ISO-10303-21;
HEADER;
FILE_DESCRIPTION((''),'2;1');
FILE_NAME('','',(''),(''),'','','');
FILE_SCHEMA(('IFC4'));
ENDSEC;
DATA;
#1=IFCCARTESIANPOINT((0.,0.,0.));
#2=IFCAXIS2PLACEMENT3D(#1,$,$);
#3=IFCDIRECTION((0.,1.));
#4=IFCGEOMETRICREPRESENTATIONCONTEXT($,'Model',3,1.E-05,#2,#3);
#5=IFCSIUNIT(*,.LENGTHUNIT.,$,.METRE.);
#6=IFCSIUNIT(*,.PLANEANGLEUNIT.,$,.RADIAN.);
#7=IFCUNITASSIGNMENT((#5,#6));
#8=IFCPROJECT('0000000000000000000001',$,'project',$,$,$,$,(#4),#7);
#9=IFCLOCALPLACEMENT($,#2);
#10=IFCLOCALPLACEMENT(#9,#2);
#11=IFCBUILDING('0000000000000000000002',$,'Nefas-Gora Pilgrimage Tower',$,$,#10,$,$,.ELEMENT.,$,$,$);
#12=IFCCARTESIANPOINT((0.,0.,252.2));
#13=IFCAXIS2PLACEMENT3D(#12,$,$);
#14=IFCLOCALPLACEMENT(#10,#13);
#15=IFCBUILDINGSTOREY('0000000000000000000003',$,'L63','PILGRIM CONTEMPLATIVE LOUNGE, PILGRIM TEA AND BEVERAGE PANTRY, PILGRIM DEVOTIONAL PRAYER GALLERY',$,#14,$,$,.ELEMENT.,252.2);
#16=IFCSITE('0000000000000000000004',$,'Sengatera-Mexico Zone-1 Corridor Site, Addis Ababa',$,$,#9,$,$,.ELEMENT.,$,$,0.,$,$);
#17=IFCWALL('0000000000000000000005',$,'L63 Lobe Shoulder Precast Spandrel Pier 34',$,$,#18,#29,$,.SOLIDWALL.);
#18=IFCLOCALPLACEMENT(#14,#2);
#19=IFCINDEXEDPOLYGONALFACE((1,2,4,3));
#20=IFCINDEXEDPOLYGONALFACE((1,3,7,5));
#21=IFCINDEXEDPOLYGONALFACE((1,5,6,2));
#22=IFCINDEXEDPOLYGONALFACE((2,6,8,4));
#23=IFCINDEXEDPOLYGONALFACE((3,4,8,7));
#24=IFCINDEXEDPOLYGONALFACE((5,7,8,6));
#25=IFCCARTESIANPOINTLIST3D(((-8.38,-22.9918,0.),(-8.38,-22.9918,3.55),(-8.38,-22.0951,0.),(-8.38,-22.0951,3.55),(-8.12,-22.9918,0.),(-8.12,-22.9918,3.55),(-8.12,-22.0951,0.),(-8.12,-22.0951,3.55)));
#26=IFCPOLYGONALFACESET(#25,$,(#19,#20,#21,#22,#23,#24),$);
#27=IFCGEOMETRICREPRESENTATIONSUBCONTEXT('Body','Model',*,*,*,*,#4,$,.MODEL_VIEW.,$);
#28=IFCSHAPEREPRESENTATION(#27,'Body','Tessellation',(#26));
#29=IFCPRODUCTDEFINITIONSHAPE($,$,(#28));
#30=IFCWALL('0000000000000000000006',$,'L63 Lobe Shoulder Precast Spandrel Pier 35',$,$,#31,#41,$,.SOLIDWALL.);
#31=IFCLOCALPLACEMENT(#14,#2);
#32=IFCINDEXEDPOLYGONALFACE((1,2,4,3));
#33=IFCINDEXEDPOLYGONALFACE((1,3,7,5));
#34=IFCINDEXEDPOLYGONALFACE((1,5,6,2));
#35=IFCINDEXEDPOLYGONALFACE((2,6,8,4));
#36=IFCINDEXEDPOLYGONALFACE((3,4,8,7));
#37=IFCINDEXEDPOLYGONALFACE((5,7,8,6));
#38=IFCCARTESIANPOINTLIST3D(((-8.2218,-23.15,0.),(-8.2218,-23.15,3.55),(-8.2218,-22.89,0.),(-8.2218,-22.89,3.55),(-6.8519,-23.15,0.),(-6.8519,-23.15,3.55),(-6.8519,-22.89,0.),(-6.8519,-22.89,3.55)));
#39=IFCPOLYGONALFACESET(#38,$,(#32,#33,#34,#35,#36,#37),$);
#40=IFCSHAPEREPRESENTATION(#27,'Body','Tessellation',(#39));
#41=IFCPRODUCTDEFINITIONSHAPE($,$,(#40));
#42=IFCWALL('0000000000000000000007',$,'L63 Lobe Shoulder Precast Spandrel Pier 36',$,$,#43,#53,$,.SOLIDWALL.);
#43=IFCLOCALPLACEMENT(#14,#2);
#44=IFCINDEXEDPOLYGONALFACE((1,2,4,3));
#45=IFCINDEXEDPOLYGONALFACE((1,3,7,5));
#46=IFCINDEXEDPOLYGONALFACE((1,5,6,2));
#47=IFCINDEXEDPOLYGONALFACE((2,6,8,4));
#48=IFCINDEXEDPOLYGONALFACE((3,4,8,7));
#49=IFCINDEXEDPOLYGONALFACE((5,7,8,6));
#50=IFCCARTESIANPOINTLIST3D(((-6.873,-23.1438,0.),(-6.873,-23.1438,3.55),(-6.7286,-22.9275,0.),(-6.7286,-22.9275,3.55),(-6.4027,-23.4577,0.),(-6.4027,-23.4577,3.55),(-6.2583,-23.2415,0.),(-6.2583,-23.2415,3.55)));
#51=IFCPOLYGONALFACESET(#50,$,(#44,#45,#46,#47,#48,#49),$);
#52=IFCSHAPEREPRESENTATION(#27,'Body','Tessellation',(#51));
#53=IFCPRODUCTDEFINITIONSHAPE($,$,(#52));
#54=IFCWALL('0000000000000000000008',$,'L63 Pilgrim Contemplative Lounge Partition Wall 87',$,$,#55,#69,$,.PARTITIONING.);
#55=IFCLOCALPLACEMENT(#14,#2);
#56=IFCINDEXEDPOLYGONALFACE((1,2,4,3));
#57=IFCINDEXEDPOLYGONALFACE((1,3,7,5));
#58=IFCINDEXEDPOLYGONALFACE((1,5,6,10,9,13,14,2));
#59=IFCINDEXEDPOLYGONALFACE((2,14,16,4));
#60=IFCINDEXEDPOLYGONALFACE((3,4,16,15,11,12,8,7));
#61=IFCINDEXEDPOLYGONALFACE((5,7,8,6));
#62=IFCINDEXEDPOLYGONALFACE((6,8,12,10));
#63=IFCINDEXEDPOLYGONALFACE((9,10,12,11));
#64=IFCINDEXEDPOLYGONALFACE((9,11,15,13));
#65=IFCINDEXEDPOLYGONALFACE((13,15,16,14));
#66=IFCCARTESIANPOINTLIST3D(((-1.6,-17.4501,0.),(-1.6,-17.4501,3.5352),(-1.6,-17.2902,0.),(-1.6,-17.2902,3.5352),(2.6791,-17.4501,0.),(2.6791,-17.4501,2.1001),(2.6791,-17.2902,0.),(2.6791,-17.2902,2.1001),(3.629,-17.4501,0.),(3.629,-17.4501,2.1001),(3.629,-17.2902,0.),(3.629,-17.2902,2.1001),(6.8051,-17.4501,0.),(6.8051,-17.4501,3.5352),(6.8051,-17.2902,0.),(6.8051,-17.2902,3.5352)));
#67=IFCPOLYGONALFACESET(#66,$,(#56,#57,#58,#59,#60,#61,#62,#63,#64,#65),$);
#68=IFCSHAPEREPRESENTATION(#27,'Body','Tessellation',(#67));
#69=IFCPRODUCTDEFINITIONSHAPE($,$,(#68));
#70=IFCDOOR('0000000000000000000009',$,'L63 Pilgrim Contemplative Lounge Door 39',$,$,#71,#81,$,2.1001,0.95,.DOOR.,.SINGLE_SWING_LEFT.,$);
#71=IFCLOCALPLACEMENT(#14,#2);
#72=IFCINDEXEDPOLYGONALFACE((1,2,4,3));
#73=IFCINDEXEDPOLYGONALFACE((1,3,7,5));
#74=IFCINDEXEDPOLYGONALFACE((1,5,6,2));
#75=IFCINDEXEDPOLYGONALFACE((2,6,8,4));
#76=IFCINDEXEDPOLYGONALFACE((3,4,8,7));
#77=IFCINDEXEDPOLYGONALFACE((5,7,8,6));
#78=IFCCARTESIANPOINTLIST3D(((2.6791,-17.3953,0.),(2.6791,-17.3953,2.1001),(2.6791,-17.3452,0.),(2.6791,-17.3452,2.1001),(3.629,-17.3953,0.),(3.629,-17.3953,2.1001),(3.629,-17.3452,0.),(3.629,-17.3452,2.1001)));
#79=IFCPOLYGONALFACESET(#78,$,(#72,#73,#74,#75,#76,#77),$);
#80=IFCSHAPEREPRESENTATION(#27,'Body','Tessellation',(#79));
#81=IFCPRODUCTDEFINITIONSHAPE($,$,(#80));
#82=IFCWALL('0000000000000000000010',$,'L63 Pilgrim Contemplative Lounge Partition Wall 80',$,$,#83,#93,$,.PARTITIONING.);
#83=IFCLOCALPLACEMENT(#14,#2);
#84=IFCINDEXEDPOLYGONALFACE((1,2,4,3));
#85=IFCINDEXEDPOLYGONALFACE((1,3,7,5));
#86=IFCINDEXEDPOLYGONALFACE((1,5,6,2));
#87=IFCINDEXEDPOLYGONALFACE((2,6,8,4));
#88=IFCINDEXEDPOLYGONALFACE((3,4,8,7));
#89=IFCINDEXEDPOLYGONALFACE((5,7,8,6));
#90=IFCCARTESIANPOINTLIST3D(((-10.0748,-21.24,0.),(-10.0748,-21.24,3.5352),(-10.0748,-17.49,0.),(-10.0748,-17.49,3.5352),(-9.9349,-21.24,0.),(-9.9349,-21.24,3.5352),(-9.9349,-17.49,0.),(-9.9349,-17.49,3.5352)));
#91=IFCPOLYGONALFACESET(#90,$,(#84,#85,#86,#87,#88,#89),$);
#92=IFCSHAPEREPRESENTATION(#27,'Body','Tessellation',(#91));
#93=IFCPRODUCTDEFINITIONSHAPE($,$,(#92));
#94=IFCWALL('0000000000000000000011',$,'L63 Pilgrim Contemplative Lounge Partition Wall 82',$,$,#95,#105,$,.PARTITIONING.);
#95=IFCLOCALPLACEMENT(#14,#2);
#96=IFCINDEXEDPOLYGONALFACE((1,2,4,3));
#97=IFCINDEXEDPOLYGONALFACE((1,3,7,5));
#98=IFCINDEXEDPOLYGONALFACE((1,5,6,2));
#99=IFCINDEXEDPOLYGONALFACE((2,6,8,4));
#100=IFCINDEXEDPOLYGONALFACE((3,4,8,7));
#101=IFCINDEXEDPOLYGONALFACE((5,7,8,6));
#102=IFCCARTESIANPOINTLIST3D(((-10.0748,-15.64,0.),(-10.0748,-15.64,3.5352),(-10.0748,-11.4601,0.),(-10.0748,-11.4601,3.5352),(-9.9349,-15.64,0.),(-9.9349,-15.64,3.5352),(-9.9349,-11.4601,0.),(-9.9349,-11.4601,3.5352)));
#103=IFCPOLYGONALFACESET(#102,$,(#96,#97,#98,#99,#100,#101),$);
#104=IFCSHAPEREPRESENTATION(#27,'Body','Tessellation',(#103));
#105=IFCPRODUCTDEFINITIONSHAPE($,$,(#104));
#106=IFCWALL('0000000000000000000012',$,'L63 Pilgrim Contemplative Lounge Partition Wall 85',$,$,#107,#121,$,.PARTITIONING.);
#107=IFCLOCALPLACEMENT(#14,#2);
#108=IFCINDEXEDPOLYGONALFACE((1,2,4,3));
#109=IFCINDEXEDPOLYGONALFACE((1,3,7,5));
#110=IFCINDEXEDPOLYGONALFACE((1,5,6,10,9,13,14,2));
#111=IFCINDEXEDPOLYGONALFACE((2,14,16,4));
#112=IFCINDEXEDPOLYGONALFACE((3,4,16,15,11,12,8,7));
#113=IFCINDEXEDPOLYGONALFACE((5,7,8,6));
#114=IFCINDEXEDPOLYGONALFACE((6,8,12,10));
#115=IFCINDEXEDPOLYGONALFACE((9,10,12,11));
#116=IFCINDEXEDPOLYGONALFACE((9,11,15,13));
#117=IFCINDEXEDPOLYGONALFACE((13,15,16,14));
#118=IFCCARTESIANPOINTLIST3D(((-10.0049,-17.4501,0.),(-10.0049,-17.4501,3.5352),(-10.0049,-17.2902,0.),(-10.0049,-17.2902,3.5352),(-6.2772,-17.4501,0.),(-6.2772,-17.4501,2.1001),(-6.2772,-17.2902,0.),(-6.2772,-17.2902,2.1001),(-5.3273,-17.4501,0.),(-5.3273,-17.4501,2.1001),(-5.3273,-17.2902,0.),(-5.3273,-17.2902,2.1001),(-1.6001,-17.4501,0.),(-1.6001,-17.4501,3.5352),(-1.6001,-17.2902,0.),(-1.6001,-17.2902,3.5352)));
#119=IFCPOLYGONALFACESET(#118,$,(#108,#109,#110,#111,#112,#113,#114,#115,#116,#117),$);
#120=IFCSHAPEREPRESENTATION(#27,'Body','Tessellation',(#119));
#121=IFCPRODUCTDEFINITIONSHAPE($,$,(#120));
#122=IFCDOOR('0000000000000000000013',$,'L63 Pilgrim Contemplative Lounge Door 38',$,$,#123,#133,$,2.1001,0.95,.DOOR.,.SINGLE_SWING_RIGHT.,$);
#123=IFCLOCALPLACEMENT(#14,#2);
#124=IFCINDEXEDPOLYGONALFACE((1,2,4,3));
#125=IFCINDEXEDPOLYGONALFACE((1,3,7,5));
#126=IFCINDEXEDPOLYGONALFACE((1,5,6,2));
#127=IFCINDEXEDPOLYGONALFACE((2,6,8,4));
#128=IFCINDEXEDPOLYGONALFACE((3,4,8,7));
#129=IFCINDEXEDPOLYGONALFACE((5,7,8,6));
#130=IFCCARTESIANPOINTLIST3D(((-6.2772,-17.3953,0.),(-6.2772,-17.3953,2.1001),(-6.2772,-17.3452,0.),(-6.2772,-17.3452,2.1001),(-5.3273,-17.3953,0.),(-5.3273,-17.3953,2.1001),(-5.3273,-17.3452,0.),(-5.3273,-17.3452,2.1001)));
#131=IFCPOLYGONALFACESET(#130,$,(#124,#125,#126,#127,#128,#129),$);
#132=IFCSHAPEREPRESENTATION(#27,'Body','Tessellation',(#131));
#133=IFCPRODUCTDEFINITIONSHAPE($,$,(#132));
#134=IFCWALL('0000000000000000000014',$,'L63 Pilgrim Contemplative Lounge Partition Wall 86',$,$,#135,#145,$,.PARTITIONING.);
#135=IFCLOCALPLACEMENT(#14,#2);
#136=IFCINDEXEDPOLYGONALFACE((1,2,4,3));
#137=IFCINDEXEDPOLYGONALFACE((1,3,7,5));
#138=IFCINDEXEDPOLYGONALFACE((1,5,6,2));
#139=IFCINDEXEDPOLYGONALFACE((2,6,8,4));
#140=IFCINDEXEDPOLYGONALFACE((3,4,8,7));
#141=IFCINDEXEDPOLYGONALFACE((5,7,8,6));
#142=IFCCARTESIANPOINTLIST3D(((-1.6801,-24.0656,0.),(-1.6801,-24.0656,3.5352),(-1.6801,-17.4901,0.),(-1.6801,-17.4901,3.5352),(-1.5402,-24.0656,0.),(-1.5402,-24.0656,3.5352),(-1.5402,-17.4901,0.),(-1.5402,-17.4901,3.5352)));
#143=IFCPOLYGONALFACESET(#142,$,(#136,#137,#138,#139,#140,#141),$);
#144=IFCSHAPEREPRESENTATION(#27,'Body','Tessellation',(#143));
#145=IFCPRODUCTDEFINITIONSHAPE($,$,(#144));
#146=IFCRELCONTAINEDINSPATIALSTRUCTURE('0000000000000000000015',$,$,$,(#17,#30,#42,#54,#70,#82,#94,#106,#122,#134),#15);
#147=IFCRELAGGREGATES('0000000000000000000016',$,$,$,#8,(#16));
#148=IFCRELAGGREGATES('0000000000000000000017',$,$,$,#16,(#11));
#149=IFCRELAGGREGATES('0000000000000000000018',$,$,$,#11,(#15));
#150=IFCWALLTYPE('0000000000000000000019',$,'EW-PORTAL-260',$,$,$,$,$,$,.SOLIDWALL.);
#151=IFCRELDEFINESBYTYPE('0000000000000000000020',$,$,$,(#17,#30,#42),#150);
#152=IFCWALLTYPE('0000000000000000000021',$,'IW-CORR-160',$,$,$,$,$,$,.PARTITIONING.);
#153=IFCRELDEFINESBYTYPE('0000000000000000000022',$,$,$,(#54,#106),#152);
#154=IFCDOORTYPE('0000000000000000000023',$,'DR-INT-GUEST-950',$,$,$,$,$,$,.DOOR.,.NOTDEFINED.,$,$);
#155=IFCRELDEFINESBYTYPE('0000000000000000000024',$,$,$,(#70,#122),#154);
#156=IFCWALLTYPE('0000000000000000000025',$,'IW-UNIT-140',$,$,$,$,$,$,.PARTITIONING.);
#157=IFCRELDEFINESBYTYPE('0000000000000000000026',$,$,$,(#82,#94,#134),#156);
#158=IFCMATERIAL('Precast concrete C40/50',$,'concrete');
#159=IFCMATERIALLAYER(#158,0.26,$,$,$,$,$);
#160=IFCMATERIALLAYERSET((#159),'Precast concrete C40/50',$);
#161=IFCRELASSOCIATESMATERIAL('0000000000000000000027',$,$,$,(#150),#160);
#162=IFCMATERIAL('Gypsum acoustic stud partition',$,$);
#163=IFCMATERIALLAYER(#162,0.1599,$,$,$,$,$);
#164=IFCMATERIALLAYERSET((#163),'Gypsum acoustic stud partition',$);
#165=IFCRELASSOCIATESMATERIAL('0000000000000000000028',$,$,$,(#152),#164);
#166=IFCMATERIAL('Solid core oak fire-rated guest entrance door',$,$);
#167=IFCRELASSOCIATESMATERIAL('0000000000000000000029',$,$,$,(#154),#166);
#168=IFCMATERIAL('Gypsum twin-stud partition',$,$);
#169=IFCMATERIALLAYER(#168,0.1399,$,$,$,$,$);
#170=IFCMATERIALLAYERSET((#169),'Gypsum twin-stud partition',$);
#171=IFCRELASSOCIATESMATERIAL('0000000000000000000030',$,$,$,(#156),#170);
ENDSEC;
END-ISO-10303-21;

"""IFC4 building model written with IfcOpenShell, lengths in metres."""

from ifc_helpers import new_model, si_unit, direction, frame, frame_2d, origin, place, context, subcontext, project, spatial, rectangle, extrude, source, transform, mapped, material, layer, layer_set, type_object, element, fill, save


model = new_model("IFC4")

# Units and contexts
model_context = context("Model", 3, precision=1e-05, world=origin(), true_north=direction((0.0, 1.0)))
body_context = subcontext(model_context, "Body", "Model", "MODEL_VIEW")
ifc_project = project(units=[si_unit("LENGTHUNIT", "METRE"), si_unit("PLANEANGLEUNIT", "RADIAN")], contexts=[model_context])

# Site, building, storey
site_placement = place(None, origin())
site = spatial("IfcSite", under=ifc_project, at=site_placement, Name="Sengatera-Mexico Zone-1 Corridor Site, Addis Ababa", CompositionType="ELEMENT", RefElevation=0.0)
building_placement = place(site_placement, origin())
building = spatial("IfcBuilding", under=site, at=building_placement, Name="Nefas-Gora Pilgrimage Tower", CompositionType="ELEMENT")
storey_placement = place(building_placement, frame((0.0, 0.0, 252.2)))
storey = spatial("IfcBuildingStorey", under=building, at=storey_placement, Name="L63", Description="PILGRIM CONTEMPLATIVE LOUNGE, PILGRIM TEA AND BEVERAGE PANTRY, PILGRIM DEVOTIONAL PRAYER GALLERY", CompositionType="ELEMENT", Elevation=252.2)

# Walls
ifc_material_1 = material(Name="Precast concrete C40/50", Category="concrete")
ifc_layer_1 = layer(ifc_material_1, 0.26)
ifc_layer_set_1 = layer_set([ifc_layer_1], Name="Precast concrete C40/50")
wall_type_1 = type_object("IfcWallType", Name="EW-PORTAL-260", PredefinedType="SOLIDWALL", material=ifc_layer_set_1)
shared_shape_1 = source(origin(), body_context, "Body", "SweptSolid", [
    extrude(rectangle(XDim=0.8967, YDim=0.26, at=frame_2d((0.4482, 0.0))), origin(), (0.0, 0.0, 1.0), 3.55),
])
wall_1_placement = place(storey_placement, frame((-8.25, -22.0952, 0.0), z_axis=(0.0, 0.0, 1.0), x_axis=(0.0, -1.0, 0.0)))
element("IfcWall", 1, at=wall_1_placement, inside=storey, type_object=wall_type_1, Name="L63 Lobe Shoulder Precast Spandrel Pier 34", PredefinedType="SOLIDWALL", context=body_context, shape_type="MappedRepresentation", body=[
    mapped(shared_shape_1, transform((0.0, 0.0, 0.0), x_axis=(1.0, 0.0, 0.0), y_axis=(0.0, 1.0, 0.0), z_axis=(0.0, 0.0, 1.0), scale=1.0)),
])
shared_shape_2 = source(origin(), body_context, "Body", "SweptSolid", [
    extrude(rectangle(XDim=1.3699, YDim=0.26, at=frame_2d((0.6851, 0.0))), origin(), (0.0, 0.0, 1.0), 3.55),
])
wall_2_placement = place(storey_placement, frame((-8.2219, -23.02, 0.0), z_axis=(0.0, 0.0, 1.0), x_axis=(1.0, 0.0, 0.0)))
element("IfcWall", 2, at=wall_2_placement, inside=storey, type_object=wall_type_1, Name="L63 Lobe Shoulder Precast Spandrel Pier 35", PredefinedType="SOLIDWALL", context=body_context, shape_type="MappedRepresentation", body=[
    mapped(shared_shape_2, transform((0.0, 0.0, 0.0), x_axis=(1.0, 0.0, 0.0), y_axis=(0.0, 1.0, 0.0), z_axis=(0.0, 0.0, 1.0), scale=1.0)),
])
shared_shape_3 = source(origin(), body_context, "Body", "SweptSolid", [
    extrude(rectangle(XDim=0.5654, YDim=0.26, at=frame_2d((0.2827, 0.0))), origin(), (0.0, 0.0, 1.0), 3.55),
])
wall_3_placement = place(storey_placement, frame((-6.8008, -23.0356, 0.0), z_axis=(0.0, 0.0, 1.0), x_axis=(0.831651, -0.555298, 0.0)))
element("IfcWall", 3, at=wall_3_placement, inside=storey, type_object=wall_type_1, Name="L63 Lobe Shoulder Precast Spandrel Pier 36", PredefinedType="SOLIDWALL", context=body_context, shape_type="MappedRepresentation", body=[
    mapped(shared_shape_3, transform((0.0, 0.0, 0.0), x_axis=(1.0, 0.0, 0.0), y_axis=(0.0, 1.0, 0.0), z_axis=(0.0, 0.0, 1.0), scale=1.0)),
])

# Wall, opening, door
ifc_material_2 = material(Name="Gypsum acoustic stud partition")
ifc_layer_2 = layer(ifc_material_2, 0.1599)
ifc_layer_set_2 = layer_set([ifc_layer_2], Name="Gypsum acoustic stud partition")
wall_type_2 = type_object("IfcWallType", Name="IW-CORR-160", PredefinedType="PARTITIONING", material=ifc_layer_set_2)
shared_shape_4 = source(origin(), body_context, "Body", "SweptSolid", [
    extrude(rectangle(XDim=8.405, YDim=0.1599, at=frame_2d((4.2026, 0.0))), origin(), (0.0, 0.0, 1.0), 3.5352),
])
wall_4_placement = place(storey_placement, frame((-1.6001, -17.3701, 0.0), z_axis=(0.0, 0.0, 1.0), x_axis=(1.0, 0.0, 0.0)))
wall_4 = element("IfcWall", 4, at=wall_4_placement, inside=storey, type_object=wall_type_2, Name="L63 Pilgrim Contemplative Lounge Partition Wall 87", PredefinedType="PARTITIONING", context=body_context, shape_type="MappedRepresentation", body=[
    mapped(shared_shape_4, transform((0.0, 0.0, 0.0), x_axis=(1.0, 0.0, 0.0), y_axis=(0.0, 1.0, 0.0), z_axis=(0.0, 0.0, 1.0), scale=1.0)),
])
opening_1_placement = place(wall_4_placement, frame((4.2791, 0.0, 0.0)))
opening_1 = element("IfcOpeningElement", 5, at=opening_1_placement, cuts=wall_4, PredefinedType="OPENING", context=body_context, shape_type="SweptSolid", body=[
    extrude(rectangle(XDim=0.95, YDim=2.1001, at=frame_2d((0.4751, 1.05))), frame((0.0, 0.0898, 0.0), z_axis=(0.0, -1.0, 0.0), x_axis=(1.0, 0.0, 0.0)), (0.0, 0.0, 1.0), 0.1799),
])
ifc_material_3 = material(Name="Solid core oak fire-rated guest entrance door")
door_type = type_object("IfcDoorType", Name="DR-INT-GUEST-950", OperationType="NOTDEFINED", PredefinedType="DOOR", material=ifc_material_3)
shared_shape_5 = source(origin(), body_context, "Body", "SweptSolid", [
    extrude(rectangle(XDim=0.95, YDim=2.1001, at=frame_2d((0.4751, 1.05))), frame((0.0, 0.0249, 0.0), z_axis=(0.0, -1.0, 0.0), x_axis=(1.0, 0.0, 0.0)), (0.0, 0.0, 1.0), 0.05),
])
door_1_placement = place(opening_1_placement, origin())
door_1 = element("IfcDoor", 6, at=door_1_placement, inside=storey, type_object=door_type, Name="L63 Pilgrim Contemplative Lounge Door 39", OperationType="SINGLE_SWING_LEFT", OverallHeight=2.1001, OverallWidth=0.95, PredefinedType="DOOR", context=body_context, shape_type="MappedRepresentation", body=[
    mapped(shared_shape_5, transform((0.0, 0.0, 0.0), x_axis=(1.0, 0.0, 0.0), y_axis=(0.0, 1.0, 0.0), z_axis=(0.0, 0.0, 1.0), scale=1.0)),
])
fill(opening_1, door_1)

# Walls
ifc_material_4 = material(Name="Gypsum twin-stud partition")
ifc_layer_3 = layer(ifc_material_4, 0.1399)
ifc_layer_set_3 = layer_set([ifc_layer_3], Name="Gypsum twin-stud partition")
wall_type_3 = type_object("IfcWallType", Name="IW-UNIT-140", PredefinedType="PARTITIONING", material=ifc_layer_set_3)
shared_shape_6 = source(origin(), body_context, "Body", "SweptSolid", [
    extrude(rectangle(XDim=3.75, YDim=0.1399, at=frame_2d((1.875, 0.0))), origin(), (0.0, 0.0, 1.0), 3.5352),
])
wall_5_placement = place(storey_placement, frame((-10.0049, -21.24, 0.0), z_axis=(0.0, 0.0, 1.0), x_axis=(0.0, 1.0, 0.0)))
element("IfcWall", 7, at=wall_5_placement, inside=storey, type_object=wall_type_3, Name="L63 Pilgrim Contemplative Lounge Partition Wall 80", PredefinedType="PARTITIONING", context=body_context, shape_type="MappedRepresentation", body=[
    mapped(shared_shape_6, transform((0.0, 0.0, 0.0), x_axis=(1.0, 0.0, 0.0), y_axis=(0.0, 1.0, 0.0), z_axis=(0.0, 0.0, 1.0), scale=1.0)),
])
shared_shape_7 = source(origin(), body_context, "Body", "SweptSolid", [
    extrude(rectangle(XDim=4.1799, YDim=0.1399, at=frame_2d((2.0898, 0.0))), origin(), (0.0, 0.0, 1.0), 3.5352),
])
wall_6_placement = place(storey_placement, frame((-10.0049, -15.6399, 0.0), z_axis=(0.0, 0.0, 1.0), x_axis=(0.0, 1.0, 0.0)))
element("IfcWall", 8, at=wall_6_placement, inside=storey, type_object=wall_type_3, Name="L63 Pilgrim Contemplative Lounge Partition Wall 82", PredefinedType="PARTITIONING", context=body_context, shape_type="MappedRepresentation", body=[
    mapped(shared_shape_7, transform((0.0, 0.0, 0.0), x_axis=(1.0, 0.0, 0.0), y_axis=(0.0, 1.0, 0.0), z_axis=(0.0, 0.0, 1.0), scale=1.0)),
])

# Wall, opening, door
shared_shape_8 = source(origin(), body_context, "Body", "SweptSolid", [
    extrude(rectangle(XDim=8.4048, YDim=0.1599, at=frame_2d((4.2024, 0.0))), origin(), (0.0, 0.0, 1.0), 3.5352),
])
wall_7_placement = place(storey_placement, frame((-10.0049, -17.3701, 0.0), z_axis=(0.0, 0.0, 1.0), x_axis=(1.0, 0.0, 0.0)))
wall_7 = element("IfcWall", 9, at=wall_7_placement, inside=storey, type_object=wall_type_2, Name="L63 Pilgrim Contemplative Lounge Partition Wall 85", PredefinedType="PARTITIONING", context=body_context, shape_type="MappedRepresentation", body=[
    mapped(shared_shape_8, transform((0.0, 0.0, 0.0), x_axis=(1.0, 0.0, 0.0), y_axis=(0.0, 1.0, 0.0), z_axis=(0.0, 0.0, 1.0), scale=1.0)),
])
opening_2_placement = place(wall_7_placement, frame((3.7275, 0.0, 0.0)))
opening_2 = element("IfcOpeningElement", 10, at=opening_2_placement, cuts=wall_7, PredefinedType="OPENING", context=body_context, shape_type="SweptSolid", body=[
    extrude(rectangle(XDim=0.95, YDim=2.1001, at=frame_2d((0.4751, 1.05))), frame((0.0, 0.0898, 0.0), z_axis=(0.0, -1.0, 0.0), x_axis=(1.0, 0.0, 0.0)), (0.0, 0.0, 1.0), 0.1799),
])
door_2_placement = place(opening_2_placement, origin())
door_2 = element("IfcDoor", 11, at=door_2_placement, inside=storey, type_object=door_type, Name="L63 Pilgrim Contemplative Lounge Door 38", OperationType="SINGLE_SWING_RIGHT", OverallHeight=2.1001, OverallWidth=0.95, PredefinedType="DOOR", context=body_context, shape_type="MappedRepresentation", body=[
    mapped(shared_shape_5, transform((0.0, 0.0, 0.0), x_axis=(1.0, 0.0, 0.0), y_axis=(0.0, 1.0, 0.0), z_axis=(0.0, 0.0, 1.0), scale=1.0)),
])
fill(opening_2, door_2)

# Wall
shared_shape_9 = source(origin(), body_context, "Body", "SweptSolid", [
    extrude(rectangle(XDim=6.5754, YDim=0.1399, at=frame_2d((3.2876, 0.0))), origin(), (0.0, 0.0, 1.0), 3.5352),
])
wall_8_placement = place(storey_placement, frame((-1.6101, -24.0654, 0.0), z_axis=(0.0, 0.0, 1.0), x_axis=(0.0, 1.0, 0.0)))
element("IfcWall", 12, at=wall_8_placement, inside=storey, type_object=wall_type_3, Name="L63 Pilgrim Contemplative Lounge Partition Wall 86", PredefinedType="PARTITIONING", context=body_context, shape_type="MappedRepresentation", body=[
    mapped(shared_shape_9, transform((0.0, 0.0, 0.0), x_axis=(1.0, 0.0, 0.0), y_axis=(0.0, 1.0, 0.0), z_axis=(0.0, 0.0, 1.0), scale=1.0)),
])

save(model, "model.ifc")
